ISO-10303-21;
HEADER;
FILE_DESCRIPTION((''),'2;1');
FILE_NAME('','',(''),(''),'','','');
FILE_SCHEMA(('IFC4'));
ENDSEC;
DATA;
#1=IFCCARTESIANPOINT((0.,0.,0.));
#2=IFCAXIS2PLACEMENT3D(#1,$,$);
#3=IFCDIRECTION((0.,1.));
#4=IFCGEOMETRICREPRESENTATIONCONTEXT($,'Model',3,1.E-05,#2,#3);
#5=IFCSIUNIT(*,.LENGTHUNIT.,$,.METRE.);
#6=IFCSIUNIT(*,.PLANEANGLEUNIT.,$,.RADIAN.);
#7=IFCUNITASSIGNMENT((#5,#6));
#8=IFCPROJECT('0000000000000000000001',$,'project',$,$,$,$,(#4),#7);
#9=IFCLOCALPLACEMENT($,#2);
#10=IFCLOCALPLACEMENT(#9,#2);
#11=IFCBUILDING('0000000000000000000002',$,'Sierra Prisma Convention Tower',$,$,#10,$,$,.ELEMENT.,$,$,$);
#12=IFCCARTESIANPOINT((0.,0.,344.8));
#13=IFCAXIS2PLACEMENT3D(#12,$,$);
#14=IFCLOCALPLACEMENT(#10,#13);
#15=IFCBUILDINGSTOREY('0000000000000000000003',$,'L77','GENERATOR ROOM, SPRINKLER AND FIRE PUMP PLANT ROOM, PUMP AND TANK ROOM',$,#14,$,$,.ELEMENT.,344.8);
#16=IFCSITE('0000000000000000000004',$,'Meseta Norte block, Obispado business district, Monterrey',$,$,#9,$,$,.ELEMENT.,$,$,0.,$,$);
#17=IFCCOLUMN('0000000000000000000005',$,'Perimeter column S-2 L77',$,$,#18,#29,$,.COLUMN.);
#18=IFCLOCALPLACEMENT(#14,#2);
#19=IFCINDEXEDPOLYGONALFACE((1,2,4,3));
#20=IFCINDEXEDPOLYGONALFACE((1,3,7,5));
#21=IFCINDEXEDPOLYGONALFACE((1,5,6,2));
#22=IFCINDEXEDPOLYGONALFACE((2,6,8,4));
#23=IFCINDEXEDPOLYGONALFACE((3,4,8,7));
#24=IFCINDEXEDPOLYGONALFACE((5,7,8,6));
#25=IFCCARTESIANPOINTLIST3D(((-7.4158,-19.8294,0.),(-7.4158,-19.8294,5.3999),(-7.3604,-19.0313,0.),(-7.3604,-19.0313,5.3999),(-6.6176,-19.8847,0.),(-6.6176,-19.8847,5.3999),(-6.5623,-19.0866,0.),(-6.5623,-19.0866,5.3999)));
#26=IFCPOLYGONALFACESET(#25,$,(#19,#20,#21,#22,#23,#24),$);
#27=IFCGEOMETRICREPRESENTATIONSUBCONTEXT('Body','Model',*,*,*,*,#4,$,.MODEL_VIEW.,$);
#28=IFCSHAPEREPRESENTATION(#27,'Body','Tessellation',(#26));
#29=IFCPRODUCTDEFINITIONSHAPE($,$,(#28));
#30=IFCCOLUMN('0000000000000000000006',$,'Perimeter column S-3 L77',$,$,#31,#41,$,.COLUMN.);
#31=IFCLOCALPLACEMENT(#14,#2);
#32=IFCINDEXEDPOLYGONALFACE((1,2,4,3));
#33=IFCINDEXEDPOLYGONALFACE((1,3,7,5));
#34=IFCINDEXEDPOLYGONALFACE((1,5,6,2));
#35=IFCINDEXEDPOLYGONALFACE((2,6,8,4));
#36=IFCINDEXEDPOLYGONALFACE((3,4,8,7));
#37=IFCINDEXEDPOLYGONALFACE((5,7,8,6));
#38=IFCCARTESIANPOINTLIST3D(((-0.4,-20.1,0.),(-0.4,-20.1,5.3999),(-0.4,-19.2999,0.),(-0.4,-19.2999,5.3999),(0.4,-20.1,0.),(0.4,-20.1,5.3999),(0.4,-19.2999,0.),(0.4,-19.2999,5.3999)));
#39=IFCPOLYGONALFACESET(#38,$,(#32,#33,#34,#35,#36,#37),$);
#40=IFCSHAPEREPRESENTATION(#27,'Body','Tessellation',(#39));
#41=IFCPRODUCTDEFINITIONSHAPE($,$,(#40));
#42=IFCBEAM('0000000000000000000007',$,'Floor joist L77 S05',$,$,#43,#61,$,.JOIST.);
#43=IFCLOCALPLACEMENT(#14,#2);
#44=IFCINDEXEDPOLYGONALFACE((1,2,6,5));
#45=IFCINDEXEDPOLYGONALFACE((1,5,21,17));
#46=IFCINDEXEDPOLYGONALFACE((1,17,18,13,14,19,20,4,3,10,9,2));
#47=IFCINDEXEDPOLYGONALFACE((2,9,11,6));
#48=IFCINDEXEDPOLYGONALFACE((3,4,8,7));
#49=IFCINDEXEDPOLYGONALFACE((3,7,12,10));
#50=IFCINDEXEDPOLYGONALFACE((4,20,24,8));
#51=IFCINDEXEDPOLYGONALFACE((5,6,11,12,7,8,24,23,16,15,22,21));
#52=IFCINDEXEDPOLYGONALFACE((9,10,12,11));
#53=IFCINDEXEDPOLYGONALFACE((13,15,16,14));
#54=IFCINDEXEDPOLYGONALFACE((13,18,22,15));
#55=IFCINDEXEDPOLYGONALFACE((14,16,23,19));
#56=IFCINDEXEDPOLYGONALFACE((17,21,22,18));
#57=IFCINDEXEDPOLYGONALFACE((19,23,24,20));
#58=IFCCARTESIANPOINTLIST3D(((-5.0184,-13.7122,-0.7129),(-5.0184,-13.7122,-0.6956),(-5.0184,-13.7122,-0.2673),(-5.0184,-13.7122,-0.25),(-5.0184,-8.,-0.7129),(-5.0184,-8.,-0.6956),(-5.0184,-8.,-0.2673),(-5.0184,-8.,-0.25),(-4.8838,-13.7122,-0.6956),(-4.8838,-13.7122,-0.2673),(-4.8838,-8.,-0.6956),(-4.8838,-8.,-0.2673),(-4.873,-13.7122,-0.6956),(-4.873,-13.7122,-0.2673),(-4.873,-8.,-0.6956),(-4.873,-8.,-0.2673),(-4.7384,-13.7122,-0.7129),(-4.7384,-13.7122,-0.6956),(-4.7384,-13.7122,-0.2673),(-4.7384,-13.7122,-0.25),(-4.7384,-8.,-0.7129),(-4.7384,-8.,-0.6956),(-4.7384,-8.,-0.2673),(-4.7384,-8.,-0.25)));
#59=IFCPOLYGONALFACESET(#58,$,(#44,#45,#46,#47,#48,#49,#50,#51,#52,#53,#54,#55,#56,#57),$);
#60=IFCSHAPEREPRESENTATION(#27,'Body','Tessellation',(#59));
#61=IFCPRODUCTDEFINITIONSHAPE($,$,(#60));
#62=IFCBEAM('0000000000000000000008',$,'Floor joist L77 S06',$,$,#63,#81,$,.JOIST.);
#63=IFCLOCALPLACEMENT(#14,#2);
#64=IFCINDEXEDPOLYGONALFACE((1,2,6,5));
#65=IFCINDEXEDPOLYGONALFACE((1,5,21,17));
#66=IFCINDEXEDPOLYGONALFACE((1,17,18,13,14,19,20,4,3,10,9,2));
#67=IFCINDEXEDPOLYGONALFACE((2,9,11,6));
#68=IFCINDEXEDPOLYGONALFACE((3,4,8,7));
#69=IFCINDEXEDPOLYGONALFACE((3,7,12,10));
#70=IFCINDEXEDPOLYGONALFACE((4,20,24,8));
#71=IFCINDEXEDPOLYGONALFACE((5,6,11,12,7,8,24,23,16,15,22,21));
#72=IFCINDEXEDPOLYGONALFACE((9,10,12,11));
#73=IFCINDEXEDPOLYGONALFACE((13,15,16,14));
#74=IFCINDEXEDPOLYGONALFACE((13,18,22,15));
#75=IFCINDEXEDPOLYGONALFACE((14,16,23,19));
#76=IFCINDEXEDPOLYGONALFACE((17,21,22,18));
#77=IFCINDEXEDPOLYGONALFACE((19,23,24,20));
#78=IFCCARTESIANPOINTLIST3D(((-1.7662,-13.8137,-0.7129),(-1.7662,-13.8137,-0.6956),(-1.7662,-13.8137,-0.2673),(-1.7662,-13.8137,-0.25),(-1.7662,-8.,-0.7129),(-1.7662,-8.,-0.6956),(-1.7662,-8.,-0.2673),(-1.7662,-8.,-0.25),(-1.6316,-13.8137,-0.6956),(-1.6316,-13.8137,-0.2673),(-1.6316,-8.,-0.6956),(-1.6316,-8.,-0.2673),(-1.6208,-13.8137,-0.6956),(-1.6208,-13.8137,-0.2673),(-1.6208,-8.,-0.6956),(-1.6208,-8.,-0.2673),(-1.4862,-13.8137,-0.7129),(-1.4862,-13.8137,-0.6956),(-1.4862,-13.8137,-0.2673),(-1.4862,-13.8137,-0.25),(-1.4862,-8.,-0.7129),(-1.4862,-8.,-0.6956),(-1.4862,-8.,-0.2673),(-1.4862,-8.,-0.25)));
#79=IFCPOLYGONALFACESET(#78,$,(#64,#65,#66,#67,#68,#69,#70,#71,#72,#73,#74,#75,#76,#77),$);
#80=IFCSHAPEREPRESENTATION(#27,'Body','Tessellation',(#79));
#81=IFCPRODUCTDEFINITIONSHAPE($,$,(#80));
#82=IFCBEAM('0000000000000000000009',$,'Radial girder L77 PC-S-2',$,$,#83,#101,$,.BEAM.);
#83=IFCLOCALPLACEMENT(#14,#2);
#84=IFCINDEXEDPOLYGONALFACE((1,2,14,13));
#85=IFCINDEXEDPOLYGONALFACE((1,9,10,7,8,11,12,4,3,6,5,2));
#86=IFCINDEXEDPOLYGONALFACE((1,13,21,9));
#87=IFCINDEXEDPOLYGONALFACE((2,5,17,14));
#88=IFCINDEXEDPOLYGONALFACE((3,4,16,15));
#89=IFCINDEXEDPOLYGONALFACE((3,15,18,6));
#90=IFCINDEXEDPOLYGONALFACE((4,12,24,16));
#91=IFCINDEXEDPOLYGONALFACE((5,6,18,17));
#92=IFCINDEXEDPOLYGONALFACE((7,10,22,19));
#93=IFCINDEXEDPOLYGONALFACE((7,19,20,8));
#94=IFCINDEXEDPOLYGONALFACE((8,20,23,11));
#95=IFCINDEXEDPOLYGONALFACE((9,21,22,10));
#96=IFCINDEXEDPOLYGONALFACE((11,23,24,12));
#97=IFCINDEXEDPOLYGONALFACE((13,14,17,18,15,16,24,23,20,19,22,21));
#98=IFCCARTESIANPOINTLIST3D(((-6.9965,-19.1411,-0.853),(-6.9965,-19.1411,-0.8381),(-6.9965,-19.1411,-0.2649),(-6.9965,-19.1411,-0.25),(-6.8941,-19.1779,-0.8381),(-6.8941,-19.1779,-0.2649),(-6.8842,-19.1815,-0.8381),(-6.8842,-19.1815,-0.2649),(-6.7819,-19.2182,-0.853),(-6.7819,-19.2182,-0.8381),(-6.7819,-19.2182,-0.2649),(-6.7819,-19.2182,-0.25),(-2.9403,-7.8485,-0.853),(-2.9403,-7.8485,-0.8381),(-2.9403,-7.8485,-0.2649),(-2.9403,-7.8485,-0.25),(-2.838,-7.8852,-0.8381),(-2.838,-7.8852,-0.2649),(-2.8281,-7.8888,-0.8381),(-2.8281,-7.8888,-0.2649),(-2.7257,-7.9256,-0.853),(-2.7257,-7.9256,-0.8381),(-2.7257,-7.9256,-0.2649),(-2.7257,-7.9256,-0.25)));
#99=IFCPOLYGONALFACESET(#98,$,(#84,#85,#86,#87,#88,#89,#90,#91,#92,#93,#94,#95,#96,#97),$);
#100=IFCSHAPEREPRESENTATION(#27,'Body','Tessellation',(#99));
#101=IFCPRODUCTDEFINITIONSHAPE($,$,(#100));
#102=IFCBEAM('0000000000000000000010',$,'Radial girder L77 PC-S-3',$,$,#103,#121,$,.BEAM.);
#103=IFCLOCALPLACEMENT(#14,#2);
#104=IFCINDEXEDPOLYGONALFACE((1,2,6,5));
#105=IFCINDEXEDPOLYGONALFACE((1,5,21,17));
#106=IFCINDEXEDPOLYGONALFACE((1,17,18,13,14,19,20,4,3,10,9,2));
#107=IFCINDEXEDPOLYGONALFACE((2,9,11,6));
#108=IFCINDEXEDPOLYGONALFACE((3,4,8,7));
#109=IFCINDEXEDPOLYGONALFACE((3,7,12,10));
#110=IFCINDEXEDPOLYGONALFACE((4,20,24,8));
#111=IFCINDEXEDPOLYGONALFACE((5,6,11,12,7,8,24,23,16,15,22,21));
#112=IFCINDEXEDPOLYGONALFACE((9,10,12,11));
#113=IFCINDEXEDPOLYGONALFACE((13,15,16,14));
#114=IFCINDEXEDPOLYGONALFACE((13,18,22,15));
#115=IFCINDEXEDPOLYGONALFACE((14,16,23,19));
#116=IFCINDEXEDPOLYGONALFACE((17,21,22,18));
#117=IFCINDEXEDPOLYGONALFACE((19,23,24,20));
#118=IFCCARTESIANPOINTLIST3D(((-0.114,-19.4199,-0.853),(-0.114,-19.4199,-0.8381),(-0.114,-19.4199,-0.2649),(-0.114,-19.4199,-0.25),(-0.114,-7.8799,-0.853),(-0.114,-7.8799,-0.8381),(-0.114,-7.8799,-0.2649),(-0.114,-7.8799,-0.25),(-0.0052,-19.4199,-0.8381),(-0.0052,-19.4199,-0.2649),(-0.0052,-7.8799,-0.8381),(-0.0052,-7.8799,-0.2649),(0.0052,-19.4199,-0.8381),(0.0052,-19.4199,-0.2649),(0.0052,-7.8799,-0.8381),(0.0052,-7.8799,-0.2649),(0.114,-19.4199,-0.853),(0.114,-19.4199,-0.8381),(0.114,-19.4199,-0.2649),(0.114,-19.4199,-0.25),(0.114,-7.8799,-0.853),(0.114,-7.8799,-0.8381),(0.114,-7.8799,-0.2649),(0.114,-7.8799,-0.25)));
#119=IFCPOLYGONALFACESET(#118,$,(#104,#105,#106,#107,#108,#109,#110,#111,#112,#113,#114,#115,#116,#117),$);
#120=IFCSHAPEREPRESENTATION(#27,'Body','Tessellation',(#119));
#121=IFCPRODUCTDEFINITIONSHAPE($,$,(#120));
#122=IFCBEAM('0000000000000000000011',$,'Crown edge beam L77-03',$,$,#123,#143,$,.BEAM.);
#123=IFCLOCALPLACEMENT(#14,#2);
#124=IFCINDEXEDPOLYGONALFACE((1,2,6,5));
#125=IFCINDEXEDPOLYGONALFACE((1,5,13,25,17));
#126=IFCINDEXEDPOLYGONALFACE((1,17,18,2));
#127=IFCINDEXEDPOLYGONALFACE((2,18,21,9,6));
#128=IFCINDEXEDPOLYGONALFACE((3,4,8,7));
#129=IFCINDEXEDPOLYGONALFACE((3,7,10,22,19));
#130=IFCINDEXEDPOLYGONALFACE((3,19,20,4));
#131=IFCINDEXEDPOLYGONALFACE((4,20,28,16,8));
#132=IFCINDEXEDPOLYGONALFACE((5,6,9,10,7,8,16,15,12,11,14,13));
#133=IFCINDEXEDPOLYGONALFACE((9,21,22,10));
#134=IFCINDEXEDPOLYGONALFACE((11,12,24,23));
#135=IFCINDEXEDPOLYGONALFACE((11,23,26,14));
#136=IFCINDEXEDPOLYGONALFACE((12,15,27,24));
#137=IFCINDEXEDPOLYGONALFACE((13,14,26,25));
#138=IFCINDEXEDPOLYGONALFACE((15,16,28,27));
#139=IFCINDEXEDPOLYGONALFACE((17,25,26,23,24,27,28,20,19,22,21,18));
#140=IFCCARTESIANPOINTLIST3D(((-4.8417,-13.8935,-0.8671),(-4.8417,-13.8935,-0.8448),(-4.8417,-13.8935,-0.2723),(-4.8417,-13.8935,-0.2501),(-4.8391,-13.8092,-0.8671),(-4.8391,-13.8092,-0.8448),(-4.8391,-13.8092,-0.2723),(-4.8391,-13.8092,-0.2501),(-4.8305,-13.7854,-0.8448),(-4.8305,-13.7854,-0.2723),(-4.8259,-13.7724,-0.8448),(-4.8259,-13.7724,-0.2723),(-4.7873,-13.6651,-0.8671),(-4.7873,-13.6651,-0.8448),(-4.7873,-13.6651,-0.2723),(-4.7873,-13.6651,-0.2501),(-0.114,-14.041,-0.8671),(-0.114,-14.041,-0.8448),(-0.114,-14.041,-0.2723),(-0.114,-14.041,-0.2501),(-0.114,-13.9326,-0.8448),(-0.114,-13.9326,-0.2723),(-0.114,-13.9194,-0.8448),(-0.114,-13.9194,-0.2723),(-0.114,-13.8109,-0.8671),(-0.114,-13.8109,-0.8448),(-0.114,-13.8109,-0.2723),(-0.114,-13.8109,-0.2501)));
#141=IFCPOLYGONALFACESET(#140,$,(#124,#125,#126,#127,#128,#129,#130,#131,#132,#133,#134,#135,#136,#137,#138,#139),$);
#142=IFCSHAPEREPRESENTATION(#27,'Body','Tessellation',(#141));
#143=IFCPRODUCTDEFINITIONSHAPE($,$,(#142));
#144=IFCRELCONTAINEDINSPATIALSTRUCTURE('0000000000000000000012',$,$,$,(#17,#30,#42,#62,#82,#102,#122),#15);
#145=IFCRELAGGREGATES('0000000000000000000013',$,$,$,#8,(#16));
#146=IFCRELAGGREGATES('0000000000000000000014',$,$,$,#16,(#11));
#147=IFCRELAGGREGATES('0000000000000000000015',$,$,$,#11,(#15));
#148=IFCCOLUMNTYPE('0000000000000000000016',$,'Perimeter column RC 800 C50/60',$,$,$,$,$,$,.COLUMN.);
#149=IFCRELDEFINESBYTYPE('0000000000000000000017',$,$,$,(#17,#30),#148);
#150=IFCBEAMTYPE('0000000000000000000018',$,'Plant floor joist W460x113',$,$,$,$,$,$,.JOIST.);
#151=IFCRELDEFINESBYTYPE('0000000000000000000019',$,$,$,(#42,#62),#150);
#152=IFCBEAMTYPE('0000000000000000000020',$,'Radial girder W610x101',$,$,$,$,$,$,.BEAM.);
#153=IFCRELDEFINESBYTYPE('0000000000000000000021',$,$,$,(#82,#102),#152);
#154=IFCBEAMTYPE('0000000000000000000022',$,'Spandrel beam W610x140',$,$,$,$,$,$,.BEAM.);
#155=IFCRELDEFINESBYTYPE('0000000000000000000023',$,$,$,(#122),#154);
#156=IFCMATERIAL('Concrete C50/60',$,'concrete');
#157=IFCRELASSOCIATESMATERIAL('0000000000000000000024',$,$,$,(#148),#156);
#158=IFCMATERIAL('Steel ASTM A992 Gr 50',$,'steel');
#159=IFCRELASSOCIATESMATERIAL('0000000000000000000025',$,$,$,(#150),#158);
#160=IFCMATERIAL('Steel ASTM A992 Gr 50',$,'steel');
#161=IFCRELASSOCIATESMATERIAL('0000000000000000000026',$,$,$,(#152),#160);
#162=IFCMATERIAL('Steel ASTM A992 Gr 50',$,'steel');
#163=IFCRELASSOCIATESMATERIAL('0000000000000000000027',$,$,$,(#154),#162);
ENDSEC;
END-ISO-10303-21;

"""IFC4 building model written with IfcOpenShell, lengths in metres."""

from ifc_helpers import new_model, si_unit, direction, frame, origin, origin_2d, place, context, subcontext, project, spatial, rectangle, i_section, extrude, clip, halfspace, material, material_profile, profile_set, type_object, element, save


model = new_model("IFC4")

# Units and contexts
model_context = context("Model", 3, precision=1e-05, world=origin(), true_north=direction((0.0, 1.0)))
body_context = subcontext(model_context, "Body", "Model", "MODEL_VIEW")
ifc_project = project(units=[si_unit("LENGTHUNIT", "METRE"), si_unit("PLANEANGLEUNIT", "RADIAN")], contexts=[model_context])

# Site, building, storey
site_placement = place(None, origin())
site = spatial("IfcSite", under=ifc_project, at=site_placement, Name="Meseta Norte block, Obispado business district, Monterrey", CompositionType="ELEMENT", RefElevation=0.0)
building_placement = place(site_placement, origin())
building = spatial("IfcBuilding", under=site, at=building_placement, Name="Sierra Prisma Convention Tower", CompositionType="ELEMENT")
storey_placement = place(building_placement, frame((0.0, 0.0, 344.8)))
storey = spatial("IfcBuildingStorey", under=building, at=storey_placement, Name="L77", Description="GENERATOR ROOM, SPRINKLER AND FIRE PUMP PLANT ROOM, PUMP AND TANK ROOM", CompositionType="ELEMENT", Elevation=344.8)

# Columns
ifc_material_1 = material(Name="Concrete C50/60", Category="concrete")
ifc_material_profile_1 = material_profile(ifc_material_1, rectangle(XDim=0.8, YDim=0.8, at=origin_2d()), Name="Perimeter column RC 800 C50/60")
ifc_profile_set_1 = profile_set([ifc_material_profile_1], Name="Concrete C50/60")
column_type = type_object("IfcColumnType", Name="Perimeter column RC 800 C50/60", PredefinedType="COLUMN", material=ifc_profile_set_1)
for number, where, z_axis, x_axis, name in (
    (1, (-6.989, -19.458, 0.0), (0.0, 0.0, 1.0), (-0.997605, 0.069175, 0.0), "Perimeter column S-2 L77"),
    (2, (0.0, -19.7, 0.0), (0.0, 0.0, 1.0), (1.0, 0.0, 0.0), "Perimeter column S-3 L77"),
):
    element("IfcColumn", number, at=place(storey_placement, frame(where, z_axis=z_axis, x_axis=x_axis)), inside=storey, type_object=column_type, Name=name, PredefinedType="COLUMN", context=body_context, shape_type="SweptSolid", body=[
        extrude(rectangle(XDim=0.8, YDim=0.8, at=origin_2d()), origin(), (0.0, 0.0, 1.0), 5.3999),
    ])

# Beams
ifc_material_2 = material(Name="Steel ASTM A992 Gr 50", Category="steel")
ifc_material_profile_2 = material_profile(ifc_material_2, i_section(OverallWidth=0.28, OverallDepth=0.4629, WebThickness=0.0107, FlangeThickness=0.0173, at=origin_2d()), Name="W460x113")
ifc_profile_set_2 = profile_set([ifc_material_profile_2], Name="Steel ASTM A992 Gr 50")
beam_type_1 = type_object("IfcBeamType", Name="Plant floor joist W460x113", PredefinedType="JOIST", material=ifc_profile_set_2)
beam_1_placement = place(storey_placement, frame((-4.8784, -13.7122, -0.4814), z_axis=(0.0, 1.0, 0.0), x_axis=(-1.0, 0.0, 0.0)))
element("IfcBeam", 3, at=beam_1_placement, inside=storey, type_object=beam_type_1, Name="Floor joist L77 S05", PredefinedType="JOIST", context=body_context, shape_type="SweptSolid", body=[
    extrude(i_section(OverallWidth=0.28, OverallDepth=0.4629, WebThickness=0.0107, FlangeThickness=0.0173, at=origin_2d()), origin(), (0.0, 0.0, 1.0), 5.7122),
])
beam_2_placement = place(storey_placement, frame((-1.6262, -13.8137, -0.4814), z_axis=(0.0, 1.0, 0.0), x_axis=(-1.0, 0.0, 0.0)))
element("IfcBeam", 4, at=beam_2_placement, inside=storey, type_object=beam_type_1, Name="Floor joist L77 S06", PredefinedType="JOIST", context=body_context, shape_type="SweptSolid", body=[
    extrude(i_section(OverallWidth=0.28, OverallDepth=0.4629, WebThickness=0.0107, FlangeThickness=0.0173, at=origin_2d()), origin(), (0.0, 0.0, 1.0), 5.8137),
])
ifc_material_3 = material(Name="Steel ASTM A992 Gr 50", Category="steel")
ifc_material_profile_3 = material_profile(ifc_material_3, i_section(OverallWidth=0.228, OverallDepth=0.603, WebThickness=0.0105, FlangeThickness=0.0149, at=origin_2d()), Name="W610x101")
ifc_profile_set_3 = profile_set([ifc_material_profile_3], Name="Steel ASTM A992 Gr 50")
beam_type_2 = type_object("IfcBeamType", Name="Radial girder W610x101", PredefinedType="BEAM", material=ifc_profile_set_3)
beam_3_placement = place(storey_placement, frame((-6.8892, -19.1797, -0.5515), z_axis=(0.338039, 0.941132, 0.0), x_axis=(-0.941132, 0.338039, 0.0)))
element("IfcBeam", 5, at=beam_3_placement, inside=storey, type_object=beam_type_2, Name="Radial girder L77 PC-S-2", PredefinedType="BEAM", context=body_context, shape_type="SweptSolid", body=[
    extrude(i_section(OverallWidth=0.228, OverallDepth=0.603, WebThickness=0.0105, FlangeThickness=0.0149, at=origin_2d()), origin(), (0.0, 0.0, 1.0), 11.999),
])
beam_4_placement = place(storey_placement, frame((0.0, -19.4199, -0.5515), z_axis=(0.0, 1.0, 0.0), x_axis=(-1.0, 0.0, 0.0)))
element("IfcBeam", 6, at=beam_4_placement, inside=storey, type_object=beam_type_2, Name="Radial girder L77 PC-S-3", PredefinedType="BEAM", context=body_context, shape_type="SweptSolid", body=[
    extrude(i_section(OverallWidth=0.228, OverallDepth=0.603, WebThickness=0.0105, FlangeThickness=0.0149, at=origin_2d()), origin(), (0.0, 0.0, 1.0), 11.54),
])
ifc_material_4 = material(Name="Steel ASTM A992 Gr 50", Category="steel")
ifc_material_profile_4 = material_profile(ifc_material_4, i_section(OverallWidth=0.23, OverallDepth=0.6169, WebThickness=0.0132, FlangeThickness=0.0222, at=origin_2d()), Name="W610x140")
ifc_profile_set_4 = profile_set([ifc_material_profile_4], Name="Steel ASTM A992 Gr 50")
beam_type_3 = type_object("IfcBeamType", Name="Spandrel beam W610x140", PredefinedType="BEAM", material=ifc_profile_set_4)
beam_5_placement = place(storey_placement, frame((-4.8381, -13.7786, -0.5586), z_axis=(0.999514, -0.031185, 0.0), x_axis=(0.031185, 0.999514, 0.0)))
element("IfcBeam", 7, at=beam_5_placement, inside=storey, type_object=beam_type_3, Name="Crown edge beam L77-03", PredefinedType="BEAM", context=body_context, shape_type="SweptSolid", body=[
    clip(clip(extrude(i_section(OverallWidth=0.23, OverallDepth=0.6169, WebThickness=0.0132, FlangeThickness=0.0222, at=origin_2d()), origin(), (0.0, 0.0, 1.0), 4.7363), halfspace(frame((-0.0352, 0.0, -0.0015), z_axis=(-0.30853, 0.0, 0.951215), x_axis=(0.951215, 0.0, 0.30853)), True)), halfspace(frame((-0.0034, 0.0, 4.7266), z_axis=(-0.031185, 0.0, -0.999514), x_axis=(0.999514, 0.0, -0.031185)), True)),
])

save(model, "model.ifc")
